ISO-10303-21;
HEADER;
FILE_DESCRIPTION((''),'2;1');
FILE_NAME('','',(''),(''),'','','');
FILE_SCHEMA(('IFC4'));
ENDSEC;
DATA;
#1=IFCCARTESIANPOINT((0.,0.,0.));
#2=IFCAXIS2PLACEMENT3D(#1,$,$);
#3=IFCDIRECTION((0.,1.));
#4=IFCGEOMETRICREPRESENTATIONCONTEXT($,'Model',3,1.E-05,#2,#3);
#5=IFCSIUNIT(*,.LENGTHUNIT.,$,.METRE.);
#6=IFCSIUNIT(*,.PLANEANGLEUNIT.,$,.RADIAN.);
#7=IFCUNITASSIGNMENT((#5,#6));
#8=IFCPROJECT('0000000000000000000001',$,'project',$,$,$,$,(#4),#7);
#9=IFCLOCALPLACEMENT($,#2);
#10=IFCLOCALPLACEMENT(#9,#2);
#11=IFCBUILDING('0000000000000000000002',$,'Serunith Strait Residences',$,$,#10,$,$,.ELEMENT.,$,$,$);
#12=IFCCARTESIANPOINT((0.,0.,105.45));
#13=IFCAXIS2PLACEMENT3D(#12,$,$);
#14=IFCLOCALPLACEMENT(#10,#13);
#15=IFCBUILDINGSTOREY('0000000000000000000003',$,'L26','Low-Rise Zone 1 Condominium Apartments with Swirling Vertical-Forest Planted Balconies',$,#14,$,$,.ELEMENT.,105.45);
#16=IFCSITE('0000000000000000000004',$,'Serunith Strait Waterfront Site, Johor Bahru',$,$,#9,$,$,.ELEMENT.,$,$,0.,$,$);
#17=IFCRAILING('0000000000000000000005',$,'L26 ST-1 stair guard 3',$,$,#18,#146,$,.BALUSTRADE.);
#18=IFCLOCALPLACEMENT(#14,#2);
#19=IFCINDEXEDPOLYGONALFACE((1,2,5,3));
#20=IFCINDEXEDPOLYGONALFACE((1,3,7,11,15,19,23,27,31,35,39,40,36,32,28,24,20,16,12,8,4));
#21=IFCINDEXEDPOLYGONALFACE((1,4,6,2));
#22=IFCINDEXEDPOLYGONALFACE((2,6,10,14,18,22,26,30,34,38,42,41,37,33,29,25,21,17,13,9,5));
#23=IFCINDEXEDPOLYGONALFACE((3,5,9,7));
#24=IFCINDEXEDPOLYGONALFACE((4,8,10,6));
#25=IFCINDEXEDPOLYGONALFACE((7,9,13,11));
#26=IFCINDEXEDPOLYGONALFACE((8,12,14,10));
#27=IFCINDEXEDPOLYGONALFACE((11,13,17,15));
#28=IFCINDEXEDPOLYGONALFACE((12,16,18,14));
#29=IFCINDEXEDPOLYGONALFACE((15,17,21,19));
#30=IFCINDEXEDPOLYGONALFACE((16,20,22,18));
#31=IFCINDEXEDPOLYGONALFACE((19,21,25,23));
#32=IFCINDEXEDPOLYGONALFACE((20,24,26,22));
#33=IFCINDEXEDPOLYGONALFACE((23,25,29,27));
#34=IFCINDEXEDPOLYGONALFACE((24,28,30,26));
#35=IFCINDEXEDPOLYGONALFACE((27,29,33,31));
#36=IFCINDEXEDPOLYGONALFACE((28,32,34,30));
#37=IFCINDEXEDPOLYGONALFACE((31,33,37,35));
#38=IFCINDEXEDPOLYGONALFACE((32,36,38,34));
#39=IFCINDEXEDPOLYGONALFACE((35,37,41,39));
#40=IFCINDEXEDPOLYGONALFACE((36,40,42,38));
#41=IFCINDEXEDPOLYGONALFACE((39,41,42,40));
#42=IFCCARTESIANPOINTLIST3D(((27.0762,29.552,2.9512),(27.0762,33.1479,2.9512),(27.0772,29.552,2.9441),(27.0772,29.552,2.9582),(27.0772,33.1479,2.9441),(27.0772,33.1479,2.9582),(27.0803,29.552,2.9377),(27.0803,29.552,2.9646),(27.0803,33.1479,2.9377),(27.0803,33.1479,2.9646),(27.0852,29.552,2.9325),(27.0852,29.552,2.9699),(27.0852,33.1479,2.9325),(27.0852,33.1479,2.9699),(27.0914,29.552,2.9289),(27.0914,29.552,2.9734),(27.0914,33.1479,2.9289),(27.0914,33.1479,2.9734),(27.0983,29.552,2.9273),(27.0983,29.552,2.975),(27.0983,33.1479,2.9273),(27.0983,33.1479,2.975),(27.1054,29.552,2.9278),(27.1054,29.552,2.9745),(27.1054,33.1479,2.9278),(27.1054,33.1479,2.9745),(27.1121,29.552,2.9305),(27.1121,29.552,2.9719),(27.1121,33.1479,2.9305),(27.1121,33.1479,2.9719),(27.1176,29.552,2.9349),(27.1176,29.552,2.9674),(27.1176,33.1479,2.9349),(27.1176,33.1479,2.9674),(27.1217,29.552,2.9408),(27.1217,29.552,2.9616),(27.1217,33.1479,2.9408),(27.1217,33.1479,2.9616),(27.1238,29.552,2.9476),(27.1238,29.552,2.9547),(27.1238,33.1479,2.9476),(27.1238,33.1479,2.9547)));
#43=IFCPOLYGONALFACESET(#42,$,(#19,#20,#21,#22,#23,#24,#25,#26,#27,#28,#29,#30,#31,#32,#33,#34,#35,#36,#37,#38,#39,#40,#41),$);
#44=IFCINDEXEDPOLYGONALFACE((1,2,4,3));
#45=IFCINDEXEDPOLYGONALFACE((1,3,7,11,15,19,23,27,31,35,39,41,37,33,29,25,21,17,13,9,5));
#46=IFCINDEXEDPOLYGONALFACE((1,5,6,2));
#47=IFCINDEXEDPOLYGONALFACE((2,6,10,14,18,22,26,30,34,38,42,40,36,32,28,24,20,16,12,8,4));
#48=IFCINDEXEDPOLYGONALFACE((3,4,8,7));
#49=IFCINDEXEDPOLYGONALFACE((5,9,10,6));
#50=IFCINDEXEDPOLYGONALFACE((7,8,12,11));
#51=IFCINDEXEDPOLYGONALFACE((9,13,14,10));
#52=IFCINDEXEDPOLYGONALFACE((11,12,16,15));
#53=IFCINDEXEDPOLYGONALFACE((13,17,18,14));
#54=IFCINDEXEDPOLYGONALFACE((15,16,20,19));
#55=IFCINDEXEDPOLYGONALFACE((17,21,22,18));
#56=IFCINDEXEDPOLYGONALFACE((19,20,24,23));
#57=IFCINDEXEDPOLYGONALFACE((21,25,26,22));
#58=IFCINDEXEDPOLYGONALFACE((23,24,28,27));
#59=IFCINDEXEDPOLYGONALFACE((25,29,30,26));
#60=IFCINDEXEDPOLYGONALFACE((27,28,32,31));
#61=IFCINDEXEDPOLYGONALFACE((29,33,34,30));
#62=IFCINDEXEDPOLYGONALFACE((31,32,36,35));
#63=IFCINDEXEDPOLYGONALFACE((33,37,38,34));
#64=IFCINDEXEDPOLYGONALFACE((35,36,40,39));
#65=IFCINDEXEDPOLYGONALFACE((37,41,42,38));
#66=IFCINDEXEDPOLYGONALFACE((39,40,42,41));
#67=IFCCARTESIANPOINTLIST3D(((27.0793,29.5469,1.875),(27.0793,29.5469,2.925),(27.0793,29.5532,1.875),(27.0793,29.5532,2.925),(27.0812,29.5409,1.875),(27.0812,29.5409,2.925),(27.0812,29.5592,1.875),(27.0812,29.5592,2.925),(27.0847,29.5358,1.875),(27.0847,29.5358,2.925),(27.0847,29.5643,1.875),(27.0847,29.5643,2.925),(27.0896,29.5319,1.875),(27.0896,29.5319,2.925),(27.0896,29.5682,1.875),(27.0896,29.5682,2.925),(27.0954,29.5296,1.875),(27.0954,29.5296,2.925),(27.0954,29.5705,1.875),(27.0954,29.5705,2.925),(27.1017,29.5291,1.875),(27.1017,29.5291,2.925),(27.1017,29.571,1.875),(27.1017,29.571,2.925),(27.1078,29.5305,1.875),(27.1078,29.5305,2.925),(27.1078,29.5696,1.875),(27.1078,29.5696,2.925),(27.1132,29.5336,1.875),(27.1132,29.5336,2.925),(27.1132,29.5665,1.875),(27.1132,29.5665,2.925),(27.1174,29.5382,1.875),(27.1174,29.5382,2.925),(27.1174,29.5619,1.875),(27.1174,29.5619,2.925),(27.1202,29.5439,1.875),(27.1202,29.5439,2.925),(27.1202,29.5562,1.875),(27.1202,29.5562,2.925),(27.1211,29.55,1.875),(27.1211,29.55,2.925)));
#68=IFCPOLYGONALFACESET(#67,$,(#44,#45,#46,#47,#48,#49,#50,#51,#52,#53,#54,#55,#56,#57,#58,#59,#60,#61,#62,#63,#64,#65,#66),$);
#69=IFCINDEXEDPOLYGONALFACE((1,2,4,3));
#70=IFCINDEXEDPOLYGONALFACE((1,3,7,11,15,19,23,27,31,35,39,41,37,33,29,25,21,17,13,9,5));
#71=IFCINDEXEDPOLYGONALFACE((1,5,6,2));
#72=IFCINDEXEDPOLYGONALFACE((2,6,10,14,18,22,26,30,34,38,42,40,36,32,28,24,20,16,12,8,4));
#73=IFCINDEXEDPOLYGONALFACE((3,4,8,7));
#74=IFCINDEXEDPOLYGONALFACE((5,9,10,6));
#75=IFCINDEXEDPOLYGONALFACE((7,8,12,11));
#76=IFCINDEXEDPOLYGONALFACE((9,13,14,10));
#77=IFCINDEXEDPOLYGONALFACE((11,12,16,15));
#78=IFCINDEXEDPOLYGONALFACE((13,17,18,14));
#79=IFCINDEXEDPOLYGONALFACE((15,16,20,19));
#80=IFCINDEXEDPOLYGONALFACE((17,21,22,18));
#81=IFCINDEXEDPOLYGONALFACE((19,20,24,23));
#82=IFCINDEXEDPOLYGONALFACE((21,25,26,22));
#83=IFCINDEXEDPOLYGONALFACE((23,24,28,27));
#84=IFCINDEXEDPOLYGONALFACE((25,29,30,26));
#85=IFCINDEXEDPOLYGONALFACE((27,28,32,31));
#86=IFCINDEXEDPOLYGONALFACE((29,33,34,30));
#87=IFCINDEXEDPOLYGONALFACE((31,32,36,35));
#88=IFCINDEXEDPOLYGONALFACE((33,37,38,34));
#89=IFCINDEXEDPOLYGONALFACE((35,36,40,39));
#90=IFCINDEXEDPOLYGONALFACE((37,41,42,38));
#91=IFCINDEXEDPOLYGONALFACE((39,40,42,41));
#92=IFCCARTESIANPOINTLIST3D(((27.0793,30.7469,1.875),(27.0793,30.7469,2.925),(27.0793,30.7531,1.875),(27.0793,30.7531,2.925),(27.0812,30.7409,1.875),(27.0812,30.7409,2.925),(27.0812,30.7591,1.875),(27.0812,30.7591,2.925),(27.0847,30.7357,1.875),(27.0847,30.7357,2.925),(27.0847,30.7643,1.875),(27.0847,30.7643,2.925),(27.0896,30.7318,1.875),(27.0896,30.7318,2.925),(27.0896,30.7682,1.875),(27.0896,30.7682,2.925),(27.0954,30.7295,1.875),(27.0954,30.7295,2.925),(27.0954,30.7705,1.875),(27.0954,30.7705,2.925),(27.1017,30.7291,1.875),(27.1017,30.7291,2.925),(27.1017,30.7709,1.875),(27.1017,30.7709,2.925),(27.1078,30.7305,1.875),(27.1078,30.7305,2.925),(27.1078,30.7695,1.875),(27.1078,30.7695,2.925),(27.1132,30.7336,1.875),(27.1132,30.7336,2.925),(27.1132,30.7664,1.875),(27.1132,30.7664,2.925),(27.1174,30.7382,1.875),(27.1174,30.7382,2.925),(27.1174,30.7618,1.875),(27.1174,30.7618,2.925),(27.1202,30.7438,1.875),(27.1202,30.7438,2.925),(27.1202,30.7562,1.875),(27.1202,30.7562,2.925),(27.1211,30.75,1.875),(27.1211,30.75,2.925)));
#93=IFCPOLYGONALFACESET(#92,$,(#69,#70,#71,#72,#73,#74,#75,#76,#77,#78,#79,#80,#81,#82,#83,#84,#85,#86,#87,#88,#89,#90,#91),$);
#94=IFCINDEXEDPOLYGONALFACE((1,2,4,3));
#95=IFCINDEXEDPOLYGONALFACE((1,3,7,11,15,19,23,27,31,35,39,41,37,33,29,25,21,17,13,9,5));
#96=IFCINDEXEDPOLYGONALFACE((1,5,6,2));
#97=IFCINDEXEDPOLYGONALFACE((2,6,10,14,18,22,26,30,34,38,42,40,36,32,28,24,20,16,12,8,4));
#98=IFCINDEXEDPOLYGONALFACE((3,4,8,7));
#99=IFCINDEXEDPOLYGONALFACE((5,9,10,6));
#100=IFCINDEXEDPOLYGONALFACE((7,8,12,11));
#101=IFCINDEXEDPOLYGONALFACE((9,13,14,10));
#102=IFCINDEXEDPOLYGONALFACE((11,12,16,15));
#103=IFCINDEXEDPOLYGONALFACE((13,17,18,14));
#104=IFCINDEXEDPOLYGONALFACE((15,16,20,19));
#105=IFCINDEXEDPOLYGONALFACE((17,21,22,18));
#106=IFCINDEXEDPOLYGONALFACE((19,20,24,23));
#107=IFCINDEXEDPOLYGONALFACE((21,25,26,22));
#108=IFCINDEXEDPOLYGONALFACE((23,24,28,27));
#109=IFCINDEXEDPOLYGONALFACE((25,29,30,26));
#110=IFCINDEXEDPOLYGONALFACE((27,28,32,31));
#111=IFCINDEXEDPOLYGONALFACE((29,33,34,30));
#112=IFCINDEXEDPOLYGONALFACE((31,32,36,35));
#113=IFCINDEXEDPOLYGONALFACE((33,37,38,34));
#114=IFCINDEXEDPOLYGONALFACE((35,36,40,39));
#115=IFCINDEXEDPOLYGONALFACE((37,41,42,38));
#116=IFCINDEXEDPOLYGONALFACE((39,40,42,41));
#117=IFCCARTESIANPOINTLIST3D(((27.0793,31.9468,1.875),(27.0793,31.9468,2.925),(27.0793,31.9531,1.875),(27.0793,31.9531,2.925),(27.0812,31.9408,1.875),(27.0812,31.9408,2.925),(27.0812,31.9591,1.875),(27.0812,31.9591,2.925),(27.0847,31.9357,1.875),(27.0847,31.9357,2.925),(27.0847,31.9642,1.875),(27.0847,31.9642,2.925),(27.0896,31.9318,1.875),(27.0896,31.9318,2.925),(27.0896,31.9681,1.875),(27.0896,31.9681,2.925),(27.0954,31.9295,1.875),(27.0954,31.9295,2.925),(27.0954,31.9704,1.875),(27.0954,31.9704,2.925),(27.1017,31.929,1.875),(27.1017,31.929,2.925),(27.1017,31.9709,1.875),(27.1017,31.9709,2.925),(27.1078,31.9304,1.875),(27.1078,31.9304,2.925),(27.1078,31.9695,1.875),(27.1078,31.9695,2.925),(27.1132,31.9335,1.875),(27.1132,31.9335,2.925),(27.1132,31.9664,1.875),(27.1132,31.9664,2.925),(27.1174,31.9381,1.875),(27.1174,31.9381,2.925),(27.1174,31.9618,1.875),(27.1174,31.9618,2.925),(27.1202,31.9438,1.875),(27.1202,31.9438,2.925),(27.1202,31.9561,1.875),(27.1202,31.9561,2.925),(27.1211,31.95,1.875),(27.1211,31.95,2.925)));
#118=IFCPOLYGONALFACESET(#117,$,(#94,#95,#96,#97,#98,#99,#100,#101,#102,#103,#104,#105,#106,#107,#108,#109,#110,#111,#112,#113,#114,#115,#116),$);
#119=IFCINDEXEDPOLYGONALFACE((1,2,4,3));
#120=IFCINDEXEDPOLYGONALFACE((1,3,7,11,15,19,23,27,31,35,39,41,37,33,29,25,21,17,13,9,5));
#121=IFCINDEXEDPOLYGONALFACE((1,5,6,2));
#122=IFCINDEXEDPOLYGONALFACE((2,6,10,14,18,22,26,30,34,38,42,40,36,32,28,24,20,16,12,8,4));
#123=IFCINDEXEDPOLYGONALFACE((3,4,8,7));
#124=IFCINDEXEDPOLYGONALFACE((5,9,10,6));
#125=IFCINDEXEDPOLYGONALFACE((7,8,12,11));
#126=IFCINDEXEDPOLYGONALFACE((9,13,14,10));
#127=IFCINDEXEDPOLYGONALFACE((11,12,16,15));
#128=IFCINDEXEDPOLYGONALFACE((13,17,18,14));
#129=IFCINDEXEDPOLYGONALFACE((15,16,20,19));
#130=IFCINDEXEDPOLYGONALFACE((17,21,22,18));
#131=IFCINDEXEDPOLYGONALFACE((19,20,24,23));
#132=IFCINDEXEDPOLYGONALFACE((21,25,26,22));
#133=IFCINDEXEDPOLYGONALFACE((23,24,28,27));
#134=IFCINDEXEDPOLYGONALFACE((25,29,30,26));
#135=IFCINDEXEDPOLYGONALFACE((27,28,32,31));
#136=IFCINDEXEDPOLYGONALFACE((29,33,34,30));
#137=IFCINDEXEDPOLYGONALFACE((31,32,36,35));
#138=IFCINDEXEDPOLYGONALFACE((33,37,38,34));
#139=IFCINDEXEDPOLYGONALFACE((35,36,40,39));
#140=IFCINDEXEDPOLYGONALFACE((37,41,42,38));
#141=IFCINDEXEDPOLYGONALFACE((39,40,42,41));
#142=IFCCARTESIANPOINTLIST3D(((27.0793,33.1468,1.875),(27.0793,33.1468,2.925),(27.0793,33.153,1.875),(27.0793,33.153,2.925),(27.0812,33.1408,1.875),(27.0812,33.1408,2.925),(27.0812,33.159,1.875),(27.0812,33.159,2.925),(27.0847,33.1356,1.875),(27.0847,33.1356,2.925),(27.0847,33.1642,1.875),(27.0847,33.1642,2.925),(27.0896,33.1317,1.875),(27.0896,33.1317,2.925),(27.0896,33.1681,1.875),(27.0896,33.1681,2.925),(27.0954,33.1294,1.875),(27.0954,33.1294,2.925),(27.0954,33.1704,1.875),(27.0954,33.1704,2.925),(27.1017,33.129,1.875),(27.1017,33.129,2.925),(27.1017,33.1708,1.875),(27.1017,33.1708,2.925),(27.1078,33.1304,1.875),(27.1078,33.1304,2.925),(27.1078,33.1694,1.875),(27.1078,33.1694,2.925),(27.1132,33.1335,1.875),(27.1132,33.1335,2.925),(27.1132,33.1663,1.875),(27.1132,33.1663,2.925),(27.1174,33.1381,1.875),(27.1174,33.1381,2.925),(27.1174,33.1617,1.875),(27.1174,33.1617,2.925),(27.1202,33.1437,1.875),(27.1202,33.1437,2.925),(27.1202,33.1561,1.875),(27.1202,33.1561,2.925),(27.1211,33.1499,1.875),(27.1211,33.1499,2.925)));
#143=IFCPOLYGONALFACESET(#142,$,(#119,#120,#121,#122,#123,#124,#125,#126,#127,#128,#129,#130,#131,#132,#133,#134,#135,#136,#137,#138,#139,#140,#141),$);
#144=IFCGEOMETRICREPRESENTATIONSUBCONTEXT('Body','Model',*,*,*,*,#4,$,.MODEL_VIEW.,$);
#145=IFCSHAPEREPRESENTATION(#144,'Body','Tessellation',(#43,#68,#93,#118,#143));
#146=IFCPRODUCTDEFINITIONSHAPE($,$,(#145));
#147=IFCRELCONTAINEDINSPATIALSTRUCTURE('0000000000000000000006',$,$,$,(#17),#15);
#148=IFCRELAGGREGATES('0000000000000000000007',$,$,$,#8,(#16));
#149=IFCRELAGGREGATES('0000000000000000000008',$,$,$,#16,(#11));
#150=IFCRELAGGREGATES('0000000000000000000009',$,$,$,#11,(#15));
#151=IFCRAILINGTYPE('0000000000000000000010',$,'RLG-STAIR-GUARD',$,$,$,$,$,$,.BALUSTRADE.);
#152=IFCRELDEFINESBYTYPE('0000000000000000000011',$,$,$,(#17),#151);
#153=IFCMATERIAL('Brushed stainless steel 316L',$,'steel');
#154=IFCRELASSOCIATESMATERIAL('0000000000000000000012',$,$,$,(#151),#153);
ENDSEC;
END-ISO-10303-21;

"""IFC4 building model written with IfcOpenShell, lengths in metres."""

from ifc_helpers import new_model, si_unit, direction, frame, origin, origin_2d, place, context, subcontext, project, spatial, circle, extrude, material, type_object, element, save


model = new_model("IFC4")

# Units and contexts
model_context = context("Model", 3, precision=1e-05, world=origin(), true_north=direction((0.0, 1.0)))
body_context = subcontext(model_context, "Body", "Model", "MODEL_VIEW")
ifc_project = project(units=[si_unit("LENGTHUNIT", "METRE"), si_unit("PLANEANGLEUNIT", "RADIAN")], contexts=[model_context])

# Site, building, storey
site_placement = place(None, origin())
site = spatial("IfcSite", under=ifc_project, at=site_placement, Name="Serunith Strait Waterfront Site, Johor Bahru", CompositionType="ELEMENT", RefElevation=0.0)
building_placement = place(site_placement, origin())
building = spatial("IfcBuilding", under=site, at=building_placement, Name="Serunith Strait Residences", CompositionType="ELEMENT")
storey_placement = place(building_placement, frame((0.0, 0.0, 105.45)))
storey = spatial("IfcBuildingStorey", under=building, at=storey_placement, Name="L26", Description="Low-Rise Zone 1 Condominium Apartments with Swirling Vertical-Forest Planted Balconies", CompositionType="ELEMENT", Elevation=105.45)

# Railing
ifc_material_1 = material(Name="Brushed stainless steel 316L", Category="steel")
railing_type_1 = type_object("IfcRailingType", Name="RLG-STAIR-GUARD", PredefinedType="BALUSTRADE", material=ifc_material_1)
for number, where, name in (
    (1, (27.1001, 29.55, 1.875), "L26 ST-1 stair guard 3"),
):
    element("IfcRailing", number, at=place(storey_placement, frame(where)), inside=storey, type_object=railing_type_1, Name=name, PredefinedType="BALUSTRADE", context=body_context, shape_type="SweptSolid", body=[
        extrude(circle(Radius=0.0239, at=origin_2d()), frame((0.0, 0.002, 1.0762), z_axis=(0.0, 1.0, 0.0), x_axis=(-1.0, 0.0, 0.0)), (0.0, 0.0, 1.0), 3.5959),
        extrude(circle(Radius=0.021, at=origin_2d()), origin(), (0.0, 0.0, 1.0), 1.05),
        extrude(circle(Radius=0.021, at=origin_2d()), frame((0.0, 1.2, 0.0)), (0.0, 0.0, 1.0), 1.05),
        extrude(circle(Radius=0.021, at=origin_2d()), frame((0.0, 2.3999, 0.0)), (0.0, 0.0, 1.0), 1.05),
        extrude(circle(Radius=0.021, at=origin_2d()), frame((0.0, 3.5999, 0.0)), (0.0, 0.0, 1.0), 1.05),
    ])

save(model, "model.ifc")
